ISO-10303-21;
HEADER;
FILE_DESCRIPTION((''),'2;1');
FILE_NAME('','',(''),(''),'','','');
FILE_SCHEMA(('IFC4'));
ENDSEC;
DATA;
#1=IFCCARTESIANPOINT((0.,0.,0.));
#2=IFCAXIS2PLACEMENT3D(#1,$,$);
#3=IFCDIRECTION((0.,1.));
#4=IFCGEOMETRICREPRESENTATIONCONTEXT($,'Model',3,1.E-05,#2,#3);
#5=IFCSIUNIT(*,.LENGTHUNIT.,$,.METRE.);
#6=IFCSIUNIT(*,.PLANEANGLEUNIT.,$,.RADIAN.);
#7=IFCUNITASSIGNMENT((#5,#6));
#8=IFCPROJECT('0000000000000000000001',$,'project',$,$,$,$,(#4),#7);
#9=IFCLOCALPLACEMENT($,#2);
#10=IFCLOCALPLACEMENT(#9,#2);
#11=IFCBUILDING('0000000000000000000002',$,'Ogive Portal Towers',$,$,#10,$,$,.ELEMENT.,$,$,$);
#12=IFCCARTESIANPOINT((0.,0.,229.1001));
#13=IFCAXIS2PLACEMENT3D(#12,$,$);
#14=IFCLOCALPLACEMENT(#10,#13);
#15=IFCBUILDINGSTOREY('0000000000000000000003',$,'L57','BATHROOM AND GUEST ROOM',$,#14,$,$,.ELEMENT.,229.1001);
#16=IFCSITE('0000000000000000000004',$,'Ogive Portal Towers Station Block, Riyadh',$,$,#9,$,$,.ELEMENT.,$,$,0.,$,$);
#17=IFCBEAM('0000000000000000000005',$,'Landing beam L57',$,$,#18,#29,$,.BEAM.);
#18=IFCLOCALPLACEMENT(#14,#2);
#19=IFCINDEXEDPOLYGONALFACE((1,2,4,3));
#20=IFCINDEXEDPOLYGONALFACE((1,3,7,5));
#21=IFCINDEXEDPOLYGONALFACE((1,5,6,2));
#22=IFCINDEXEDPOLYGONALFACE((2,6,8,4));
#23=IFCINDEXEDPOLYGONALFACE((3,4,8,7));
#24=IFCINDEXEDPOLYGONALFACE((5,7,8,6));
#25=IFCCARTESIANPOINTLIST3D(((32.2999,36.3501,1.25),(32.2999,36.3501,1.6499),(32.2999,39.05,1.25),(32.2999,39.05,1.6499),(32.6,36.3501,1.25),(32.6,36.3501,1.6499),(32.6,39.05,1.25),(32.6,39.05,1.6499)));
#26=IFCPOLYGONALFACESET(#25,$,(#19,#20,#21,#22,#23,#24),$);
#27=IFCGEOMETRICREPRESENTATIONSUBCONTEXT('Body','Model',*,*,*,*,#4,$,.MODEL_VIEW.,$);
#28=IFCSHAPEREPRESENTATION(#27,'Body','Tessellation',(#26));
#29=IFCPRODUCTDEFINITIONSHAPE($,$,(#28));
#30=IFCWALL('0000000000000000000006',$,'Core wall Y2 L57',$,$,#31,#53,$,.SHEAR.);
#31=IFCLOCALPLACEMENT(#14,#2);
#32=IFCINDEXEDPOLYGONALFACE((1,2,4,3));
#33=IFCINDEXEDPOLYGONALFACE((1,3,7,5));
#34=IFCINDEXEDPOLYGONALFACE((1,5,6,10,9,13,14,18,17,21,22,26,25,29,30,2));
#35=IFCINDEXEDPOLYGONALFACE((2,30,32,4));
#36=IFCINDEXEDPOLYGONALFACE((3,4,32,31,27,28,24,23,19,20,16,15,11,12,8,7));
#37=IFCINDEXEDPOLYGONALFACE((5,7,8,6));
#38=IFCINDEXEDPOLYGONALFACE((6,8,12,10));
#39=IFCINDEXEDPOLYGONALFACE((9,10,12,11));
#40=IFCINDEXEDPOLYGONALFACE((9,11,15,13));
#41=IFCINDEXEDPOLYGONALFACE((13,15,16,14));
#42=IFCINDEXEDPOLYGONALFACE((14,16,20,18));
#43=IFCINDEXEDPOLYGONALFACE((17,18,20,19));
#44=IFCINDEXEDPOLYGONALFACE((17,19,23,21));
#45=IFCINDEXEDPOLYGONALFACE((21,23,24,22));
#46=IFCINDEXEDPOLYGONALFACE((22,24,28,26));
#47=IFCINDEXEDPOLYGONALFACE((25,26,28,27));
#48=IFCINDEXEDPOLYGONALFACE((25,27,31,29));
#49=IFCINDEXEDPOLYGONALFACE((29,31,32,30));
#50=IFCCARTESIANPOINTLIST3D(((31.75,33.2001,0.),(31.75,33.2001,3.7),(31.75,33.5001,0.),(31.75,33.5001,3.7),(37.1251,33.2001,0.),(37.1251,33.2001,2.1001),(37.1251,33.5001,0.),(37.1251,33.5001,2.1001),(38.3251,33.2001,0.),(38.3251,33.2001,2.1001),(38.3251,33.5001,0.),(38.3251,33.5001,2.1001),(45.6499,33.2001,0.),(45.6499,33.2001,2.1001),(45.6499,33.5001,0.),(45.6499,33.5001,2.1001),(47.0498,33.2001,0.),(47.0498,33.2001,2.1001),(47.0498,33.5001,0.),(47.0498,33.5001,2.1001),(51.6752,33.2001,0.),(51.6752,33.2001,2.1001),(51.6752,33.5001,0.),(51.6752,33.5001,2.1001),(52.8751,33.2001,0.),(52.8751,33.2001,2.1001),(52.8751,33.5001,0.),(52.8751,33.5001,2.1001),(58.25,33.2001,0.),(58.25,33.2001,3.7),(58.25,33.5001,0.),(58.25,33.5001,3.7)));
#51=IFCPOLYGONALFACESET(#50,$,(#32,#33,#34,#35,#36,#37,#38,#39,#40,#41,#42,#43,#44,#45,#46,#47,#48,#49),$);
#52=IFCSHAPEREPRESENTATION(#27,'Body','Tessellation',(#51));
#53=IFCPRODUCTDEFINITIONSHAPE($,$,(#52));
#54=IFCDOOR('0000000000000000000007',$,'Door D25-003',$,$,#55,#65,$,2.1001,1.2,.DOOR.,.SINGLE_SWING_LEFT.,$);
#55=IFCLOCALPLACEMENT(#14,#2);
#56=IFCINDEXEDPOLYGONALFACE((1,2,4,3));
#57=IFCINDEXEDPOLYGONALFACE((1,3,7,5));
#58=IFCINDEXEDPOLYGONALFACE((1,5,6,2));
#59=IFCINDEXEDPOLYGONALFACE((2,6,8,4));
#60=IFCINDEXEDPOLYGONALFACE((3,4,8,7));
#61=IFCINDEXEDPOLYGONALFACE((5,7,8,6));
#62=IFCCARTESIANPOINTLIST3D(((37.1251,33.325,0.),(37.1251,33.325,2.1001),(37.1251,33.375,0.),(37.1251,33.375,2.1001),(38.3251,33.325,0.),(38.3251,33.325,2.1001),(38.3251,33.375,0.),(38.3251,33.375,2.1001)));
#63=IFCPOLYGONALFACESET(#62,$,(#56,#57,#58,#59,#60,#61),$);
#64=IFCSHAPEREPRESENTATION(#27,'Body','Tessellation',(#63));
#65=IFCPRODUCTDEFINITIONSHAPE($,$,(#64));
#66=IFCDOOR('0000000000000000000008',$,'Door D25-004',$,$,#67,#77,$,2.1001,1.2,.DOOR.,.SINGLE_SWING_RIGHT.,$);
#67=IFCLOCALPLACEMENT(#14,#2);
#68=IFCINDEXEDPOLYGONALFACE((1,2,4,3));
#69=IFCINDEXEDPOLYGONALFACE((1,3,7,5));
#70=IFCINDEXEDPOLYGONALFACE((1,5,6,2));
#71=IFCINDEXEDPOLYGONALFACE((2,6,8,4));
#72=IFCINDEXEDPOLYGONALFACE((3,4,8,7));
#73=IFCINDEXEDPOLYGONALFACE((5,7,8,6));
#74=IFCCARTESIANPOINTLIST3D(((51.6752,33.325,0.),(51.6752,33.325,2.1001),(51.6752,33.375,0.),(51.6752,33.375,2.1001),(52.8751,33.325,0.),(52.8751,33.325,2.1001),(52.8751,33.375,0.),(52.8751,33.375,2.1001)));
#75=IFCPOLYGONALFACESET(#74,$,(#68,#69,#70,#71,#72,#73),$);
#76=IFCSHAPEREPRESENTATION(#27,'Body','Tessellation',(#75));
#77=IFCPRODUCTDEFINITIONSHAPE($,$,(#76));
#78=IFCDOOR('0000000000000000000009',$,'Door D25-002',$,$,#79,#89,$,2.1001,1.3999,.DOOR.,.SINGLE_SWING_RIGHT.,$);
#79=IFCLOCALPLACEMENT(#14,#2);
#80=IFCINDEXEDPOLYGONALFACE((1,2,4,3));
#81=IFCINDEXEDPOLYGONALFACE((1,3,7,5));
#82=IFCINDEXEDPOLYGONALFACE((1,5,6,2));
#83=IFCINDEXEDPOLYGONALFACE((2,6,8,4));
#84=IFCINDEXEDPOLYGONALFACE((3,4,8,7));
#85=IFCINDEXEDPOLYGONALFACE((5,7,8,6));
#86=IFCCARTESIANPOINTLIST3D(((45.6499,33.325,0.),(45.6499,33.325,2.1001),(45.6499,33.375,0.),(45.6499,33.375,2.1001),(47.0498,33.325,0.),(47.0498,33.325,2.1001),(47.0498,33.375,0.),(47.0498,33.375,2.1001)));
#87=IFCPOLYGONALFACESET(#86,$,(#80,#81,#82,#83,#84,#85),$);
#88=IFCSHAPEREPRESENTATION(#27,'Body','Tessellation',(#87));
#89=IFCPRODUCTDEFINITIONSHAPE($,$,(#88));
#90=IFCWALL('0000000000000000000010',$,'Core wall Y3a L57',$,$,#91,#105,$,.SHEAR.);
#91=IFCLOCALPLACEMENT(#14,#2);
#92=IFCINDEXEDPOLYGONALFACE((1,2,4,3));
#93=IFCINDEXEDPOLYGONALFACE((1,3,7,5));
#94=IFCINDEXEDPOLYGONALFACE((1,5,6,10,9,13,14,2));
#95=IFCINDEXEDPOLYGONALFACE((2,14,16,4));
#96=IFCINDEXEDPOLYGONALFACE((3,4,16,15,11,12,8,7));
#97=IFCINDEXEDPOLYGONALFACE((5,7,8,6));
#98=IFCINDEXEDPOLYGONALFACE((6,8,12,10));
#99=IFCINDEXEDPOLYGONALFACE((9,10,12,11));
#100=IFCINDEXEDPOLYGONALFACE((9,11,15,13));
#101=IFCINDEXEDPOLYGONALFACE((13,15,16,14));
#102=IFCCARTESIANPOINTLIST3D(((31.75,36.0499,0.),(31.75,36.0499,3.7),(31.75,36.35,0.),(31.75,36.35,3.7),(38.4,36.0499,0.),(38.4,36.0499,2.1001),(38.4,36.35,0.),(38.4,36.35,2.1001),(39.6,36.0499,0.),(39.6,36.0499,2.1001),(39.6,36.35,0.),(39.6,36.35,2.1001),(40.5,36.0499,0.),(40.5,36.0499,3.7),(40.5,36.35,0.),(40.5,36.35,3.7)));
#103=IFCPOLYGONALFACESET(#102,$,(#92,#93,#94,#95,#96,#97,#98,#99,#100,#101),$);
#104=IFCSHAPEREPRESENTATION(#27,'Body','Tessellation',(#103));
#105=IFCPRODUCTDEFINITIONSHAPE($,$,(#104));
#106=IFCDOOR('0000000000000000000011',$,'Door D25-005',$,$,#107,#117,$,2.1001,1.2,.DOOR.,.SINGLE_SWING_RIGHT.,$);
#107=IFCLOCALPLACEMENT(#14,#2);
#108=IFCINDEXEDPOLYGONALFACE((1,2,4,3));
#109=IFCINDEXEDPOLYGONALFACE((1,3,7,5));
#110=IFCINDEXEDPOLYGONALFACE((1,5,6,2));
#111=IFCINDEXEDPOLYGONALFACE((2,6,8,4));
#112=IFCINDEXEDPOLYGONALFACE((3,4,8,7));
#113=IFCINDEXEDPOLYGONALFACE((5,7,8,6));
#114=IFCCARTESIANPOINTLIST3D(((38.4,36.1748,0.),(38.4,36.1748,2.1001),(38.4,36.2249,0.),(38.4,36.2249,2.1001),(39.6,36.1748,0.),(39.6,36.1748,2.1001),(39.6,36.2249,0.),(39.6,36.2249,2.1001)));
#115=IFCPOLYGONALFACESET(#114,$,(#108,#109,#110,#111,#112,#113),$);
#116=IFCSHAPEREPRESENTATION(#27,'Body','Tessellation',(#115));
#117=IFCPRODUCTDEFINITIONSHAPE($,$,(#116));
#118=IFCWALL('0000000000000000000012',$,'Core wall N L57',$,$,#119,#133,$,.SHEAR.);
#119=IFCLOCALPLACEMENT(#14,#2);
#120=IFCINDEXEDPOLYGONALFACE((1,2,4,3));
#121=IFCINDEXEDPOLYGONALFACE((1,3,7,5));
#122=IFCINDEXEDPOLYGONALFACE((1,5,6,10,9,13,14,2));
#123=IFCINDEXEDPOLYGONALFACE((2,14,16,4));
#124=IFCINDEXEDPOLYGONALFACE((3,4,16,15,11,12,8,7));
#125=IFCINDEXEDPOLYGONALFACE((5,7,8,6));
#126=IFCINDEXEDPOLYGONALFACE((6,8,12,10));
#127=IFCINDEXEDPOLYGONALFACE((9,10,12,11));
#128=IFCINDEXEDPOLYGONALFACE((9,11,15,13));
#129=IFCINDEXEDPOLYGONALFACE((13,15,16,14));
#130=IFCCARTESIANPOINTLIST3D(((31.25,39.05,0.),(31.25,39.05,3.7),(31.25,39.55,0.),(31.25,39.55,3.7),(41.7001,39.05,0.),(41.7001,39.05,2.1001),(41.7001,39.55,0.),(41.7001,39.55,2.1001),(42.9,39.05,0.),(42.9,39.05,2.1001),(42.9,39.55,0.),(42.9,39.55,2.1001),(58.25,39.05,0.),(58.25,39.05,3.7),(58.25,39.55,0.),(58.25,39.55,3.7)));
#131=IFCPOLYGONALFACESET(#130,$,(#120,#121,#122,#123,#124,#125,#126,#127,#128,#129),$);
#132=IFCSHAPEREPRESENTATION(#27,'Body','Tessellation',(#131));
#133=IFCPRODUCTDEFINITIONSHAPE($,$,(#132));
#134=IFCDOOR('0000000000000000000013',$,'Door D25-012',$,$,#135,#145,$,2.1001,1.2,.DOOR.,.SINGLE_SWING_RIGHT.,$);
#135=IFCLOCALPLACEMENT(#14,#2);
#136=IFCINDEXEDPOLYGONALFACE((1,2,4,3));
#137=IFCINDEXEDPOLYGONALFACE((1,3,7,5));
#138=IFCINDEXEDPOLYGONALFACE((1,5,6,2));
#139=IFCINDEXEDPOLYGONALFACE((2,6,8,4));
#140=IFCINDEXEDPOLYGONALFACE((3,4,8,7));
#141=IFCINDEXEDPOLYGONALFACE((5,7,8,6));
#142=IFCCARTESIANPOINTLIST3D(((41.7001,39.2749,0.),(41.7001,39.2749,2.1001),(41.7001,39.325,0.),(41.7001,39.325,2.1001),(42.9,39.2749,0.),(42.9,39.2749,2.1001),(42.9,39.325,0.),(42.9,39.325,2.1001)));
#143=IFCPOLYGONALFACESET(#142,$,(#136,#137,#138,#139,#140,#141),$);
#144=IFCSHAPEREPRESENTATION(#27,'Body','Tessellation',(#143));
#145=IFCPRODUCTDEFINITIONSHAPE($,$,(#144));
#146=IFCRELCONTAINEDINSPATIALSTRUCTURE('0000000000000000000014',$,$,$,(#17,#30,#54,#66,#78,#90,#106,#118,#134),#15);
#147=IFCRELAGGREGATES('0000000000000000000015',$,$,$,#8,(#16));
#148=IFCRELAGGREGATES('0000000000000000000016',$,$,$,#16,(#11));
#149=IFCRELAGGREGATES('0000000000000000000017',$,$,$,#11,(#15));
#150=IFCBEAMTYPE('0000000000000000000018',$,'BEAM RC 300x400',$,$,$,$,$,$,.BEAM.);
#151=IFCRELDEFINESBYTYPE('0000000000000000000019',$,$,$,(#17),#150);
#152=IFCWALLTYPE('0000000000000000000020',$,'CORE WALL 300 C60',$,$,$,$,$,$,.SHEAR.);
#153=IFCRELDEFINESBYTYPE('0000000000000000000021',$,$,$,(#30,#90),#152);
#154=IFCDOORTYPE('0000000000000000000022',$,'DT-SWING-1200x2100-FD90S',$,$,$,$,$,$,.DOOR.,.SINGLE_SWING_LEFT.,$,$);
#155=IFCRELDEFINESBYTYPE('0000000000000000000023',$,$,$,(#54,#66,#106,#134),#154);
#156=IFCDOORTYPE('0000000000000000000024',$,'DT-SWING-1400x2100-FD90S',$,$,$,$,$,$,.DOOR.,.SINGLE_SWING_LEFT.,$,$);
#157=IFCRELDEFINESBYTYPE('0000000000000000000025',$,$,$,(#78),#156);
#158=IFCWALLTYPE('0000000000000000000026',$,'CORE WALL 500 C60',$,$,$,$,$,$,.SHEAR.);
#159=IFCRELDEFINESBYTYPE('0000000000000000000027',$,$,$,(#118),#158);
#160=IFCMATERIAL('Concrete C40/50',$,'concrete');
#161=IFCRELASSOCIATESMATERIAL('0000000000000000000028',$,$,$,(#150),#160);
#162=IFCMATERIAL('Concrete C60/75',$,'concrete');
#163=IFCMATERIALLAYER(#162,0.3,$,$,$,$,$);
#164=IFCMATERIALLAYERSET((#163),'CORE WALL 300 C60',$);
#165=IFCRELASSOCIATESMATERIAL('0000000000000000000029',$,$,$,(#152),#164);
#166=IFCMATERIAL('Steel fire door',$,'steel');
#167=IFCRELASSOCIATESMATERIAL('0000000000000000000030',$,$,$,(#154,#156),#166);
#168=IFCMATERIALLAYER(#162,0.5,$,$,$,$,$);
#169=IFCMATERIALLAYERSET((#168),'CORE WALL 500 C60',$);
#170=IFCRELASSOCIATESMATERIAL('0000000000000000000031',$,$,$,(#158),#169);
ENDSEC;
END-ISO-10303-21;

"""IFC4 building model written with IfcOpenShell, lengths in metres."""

from ifc_helpers import new_model, si_unit, direction, frame, frame_2d, origin, origin_2d, place, context, subcontext, project, spatial, rectangle, extrude, material, layer, layer_set, material_profile, profile_set, type_object, element, fill, save


model = new_model("IFC4")

# Units and contexts
model_context = context("Model", 3, precision=1e-05, world=origin(), true_north=direction((0.0, 1.0)))
body_context = subcontext(model_context, "Body", "Model", "MODEL_VIEW")
ifc_project = project(units=[si_unit("LENGTHUNIT", "METRE"), si_unit("PLANEANGLEUNIT", "RADIAN")], contexts=[model_context])

# Site, building, storey
site_placement = place(None, origin())
site = spatial("IfcSite", under=ifc_project, at=site_placement, Name="Ogive Portal Towers Station Block, Riyadh", CompositionType="ELEMENT", RefElevation=0.0)
building_placement = place(site_placement, origin())
building = spatial("IfcBuilding", under=site, at=building_placement, Name="Ogive Portal Towers", CompositionType="ELEMENT")
storey_placement = place(building_placement, frame((0.0, 0.0, 229.1001)))
storey = spatial("IfcBuildingStorey", under=building, at=storey_placement, Name="L57", Description="BATHROOM AND GUEST ROOM", CompositionType="ELEMENT", Elevation=229.1001)

# Beam
ifc_material_1 = material(Name="Concrete C40/50", Category="concrete")
ifc_material_profile = material_profile(ifc_material_1, rectangle(XDim=0.3, YDim=0.3999, at=origin_2d()), Name="RC 300x400")
ifc_profile_set = profile_set([ifc_material_profile], Name="Concrete C40/50")
beam_type = type_object("IfcBeamType", Name="BEAM RC 300x400", PredefinedType="BEAM", material=ifc_profile_set)
beam_placement = place(storey_placement, frame((32.45, 36.3501, 1.45), z_axis=(0.0, 1.0, 0.0), x_axis=(-1.0, 0.0, 0.0)))
element("IfcBeam", 1, at=beam_placement, inside=storey, type_object=beam_type, Name="Landing beam L57", PredefinedType="BEAM", context=body_context, shape_type="SweptSolid", body=[
    extrude(rectangle(XDim=0.3, YDim=0.3999, at=origin_2d()), origin(), (0.0, 0.0, 1.0), 2.7),
])

# Wall, openings, doors
ifc_material_2 = material(Name="Concrete C60/75", Category="concrete")
ifc_layer_1 = layer(ifc_material_2, 0.3)
ifc_layer_set_1 = layer_set([ifc_layer_1], Name="CORE WALL 300 C60")
wall_type_1 = type_object("IfcWallType", Name="CORE WALL 300 C60", PredefinedType="SHEAR", material=ifc_layer_set_1)
wall_1_placement = place(storey_placement, frame((31.75, 33.3501, 0.0), z_axis=(0.0, 0.0, 1.0), x_axis=(1.0, 0.0, 0.0)))
wall_1 = element("IfcWall", 2, at=wall_1_placement, inside=storey, type_object=wall_type_1, Name="Core wall Y2 L57", PredefinedType="SHEAR", context=body_context, shape_type="SweptSolid", body=[
    extrude(rectangle(XDim=26.5, YDim=0.3, at=frame_2d((13.25, 0.0))), origin(), (0.0, 0.0, 1.0), 3.7),
])
opening_1_placement = place(wall_1_placement, frame((13.8999, 0.0, 0.0)))
opening_1 = element("IfcOpeningElement", 3, at=opening_1_placement, cuts=wall_1, PredefinedType="OPENING", context=body_context, shape_type="SweptSolid", body=[
    extrude(rectangle(XDim=1.3999, YDim=2.1001, at=frame_2d((0.7, 1.05))), frame((0.0, 0.1602, 0.0), z_axis=(0.0, -1.0, 0.0), x_axis=(1.0, 0.0, 0.0)), (0.0, 0.0, 1.0), 0.3201),
])
opening_2_placement = place(wall_1_placement, frame((5.375, 0.0, 0.0)))
opening_2 = element("IfcOpeningElement", 4, at=opening_2_placement, cuts=wall_1, PredefinedType="OPENING", context=body_context, shape_type="SweptSolid", body=[
    extrude(rectangle(XDim=1.2, YDim=2.1001, at=frame_2d((0.6001, 1.05))), frame((0.0, 0.1602, 0.0), z_axis=(0.0, -1.0, 0.0), x_axis=(1.0, 0.0, 0.0)), (0.0, 0.0, 1.0), 0.3201),
])
opening_3_placement = place(wall_1_placement, frame((19.925, 0.0, 0.0)))
opening_3 = element("IfcOpeningElement", 5, at=opening_3_placement, cuts=wall_1, PredefinedType="OPENING", context=body_context, shape_type="SweptSolid", body=[
    extrude(rectangle(XDim=1.2, YDim=2.1001, at=frame_2d((0.6001, 1.05))), frame((0.0, 0.1602, 0.0), z_axis=(0.0, -1.0, 0.0), x_axis=(1.0, 0.0, 0.0)), (0.0, 0.0, 1.0), 0.3201),
])
ifc_material_3 = material(Name="Steel fire door", Category="steel")
door_type_1 = type_object("IfcDoorType", Name="DT-SWING-1200x2100-FD90S", OperationType="SINGLE_SWING_LEFT", PredefinedType="DOOR", material=ifc_material_3)
door_1_placement = place(opening_2_placement, origin())
door_1 = element("IfcDoor", 6, at=door_1_placement, inside=storey, type_object=door_type_1, Name="Door D25-003", OperationType="SINGLE_SWING_LEFT", OverallHeight=2.1001, OverallWidth=1.2, PredefinedType="DOOR", context=body_context, shape_type="SweptSolid", body=[
    extrude(rectangle(XDim=1.2, YDim=2.1001, at=frame_2d((0.6001, 1.05))), frame((0.0, 0.0249, 0.0), z_axis=(0.0, -1.0, 0.0), x_axis=(1.0, 0.0, 0.0)), (0.0, 0.0, 1.0), 0.05),
])
fill(opening_2, door_1)
door_2_placement = place(opening_3_placement, origin())
door_2 = element("IfcDoor", 7, at=door_2_placement, inside=storey, type_object=door_type_1, Name="Door D25-004", OperationType="SINGLE_SWING_RIGHT", OverallHeight=2.1001, OverallWidth=1.2, PredefinedType="DOOR", context=body_context, shape_type="SweptSolid", body=[
    extrude(rectangle(XDim=1.2, YDim=2.1001, at=frame_2d((0.6001, 1.05))), frame((0.0, 0.0249, 0.0), z_axis=(0.0, -1.0, 0.0), x_axis=(1.0, 0.0, 0.0)), (0.0, 0.0, 1.0), 0.05),
])
fill(opening_3, door_2)
door_type_2 = type_object("IfcDoorType", Name="DT-SWING-1400x2100-FD90S", OperationType="SINGLE_SWING_LEFT", PredefinedType="DOOR", material=ifc_material_3)
door_3_placement = place(opening_1_placement, origin())
door_3 = element("IfcDoor", 8, at=door_3_placement, inside=storey, type_object=door_type_2, Name="Door D25-002", OperationType="SINGLE_SWING_RIGHT", OverallHeight=2.1001, OverallWidth=1.3999, PredefinedType="DOOR", context=body_context, shape_type="SweptSolid", body=[
    extrude(rectangle(XDim=1.3999, YDim=2.1001, at=frame_2d((0.7, 1.05))), frame((0.0, 0.0249, 0.0), z_axis=(0.0, -1.0, 0.0), x_axis=(1.0, 0.0, 0.0)), (0.0, 0.0, 1.0), 0.05),
])
fill(opening_1, door_3)

# Walls, openings, doors
wall_2_placement = place(storey_placement, frame((31.75, 36.2, 0.0), z_axis=(0.0, 0.0, 1.0), x_axis=(1.0, 0.0, 0.0)))
wall_2 = element("IfcWall", 9, at=wall_2_placement, inside=storey, type_object=wall_type_1, Name="Core wall Y3a L57", PredefinedType="SHEAR", context=body_context, shape_type="SweptSolid", body=[
    extrude(rectangle(XDim=8.75, YDim=0.3, at=frame_2d((4.375, 0.0))), origin(), (0.0, 0.0, 1.0), 3.7),
])
opening_4_placement = place(wall_2_placement, frame((6.6499, 0.0, 0.0)))
opening_4 = element("IfcOpeningElement", 10, at=opening_4_placement, cuts=wall_2, PredefinedType="OPENING", context=body_context, shape_type="SweptSolid", body=[
    extrude(rectangle(XDim=1.2, YDim=2.1001, at=frame_2d((0.6001, 1.05))), frame((0.0, 0.1602, 0.0), z_axis=(0.0, -1.0, 0.0), x_axis=(1.0, 0.0, 0.0)), (0.0, 0.0, 1.0), 0.3201),
])
door_4_placement = place(opening_4_placement, origin())
door_4 = element("IfcDoor", 11, at=door_4_placement, inside=storey, type_object=door_type_1, Name="Door D25-005", OperationType="SINGLE_SWING_RIGHT", OverallHeight=2.1001, OverallWidth=1.2, PredefinedType="DOOR", context=body_context, shape_type="SweptSolid", body=[
    extrude(rectangle(XDim=1.2, YDim=2.1001, at=frame_2d((0.6001, 1.05))), frame((0.0, 0.0249, 0.0), z_axis=(0.0, -1.0, 0.0), x_axis=(1.0, 0.0, 0.0)), (0.0, 0.0, 1.0), 0.05),
])
fill(opening_4, door_4)
ifc_layer_2 = layer(ifc_material_2, 0.5)
ifc_layer_set_2 = layer_set([ifc_layer_2], Name="CORE WALL 500 C60")
wall_type_2 = type_object("IfcWallType", Name="CORE WALL 500 C60", PredefinedType="SHEAR", material=ifc_layer_set_2)
wall_3_placement = place(storey_placement, frame((31.25, 39.3, 0.0), z_axis=(0.0, 0.0, 1.0), x_axis=(1.0, 0.0, 0.0)))
wall_3 = element("IfcWall", 12, at=wall_3_placement, inside=storey, type_object=wall_type_2, Name="Core wall N L57", PredefinedType="SHEAR", context=body_context, shape_type="SweptSolid", body=[
    extrude(rectangle(XDim=27.0, YDim=0.5, at=frame_2d((13.5, 0.0))), origin(), (0.0, 0.0, 1.0), 3.7),
])
opening_5_placement = place(wall_3_placement, frame((10.45, 0.0, 0.0)))
opening_5 = element("IfcOpeningElement", 13, at=opening_5_placement, cuts=wall_3, PredefinedType="OPENING", context=body_context, shape_type="SweptSolid", body=[
    extrude(rectangle(XDim=1.2, YDim=2.1001, at=frame_2d((0.6001, 1.05))), frame((0.0, 0.26, 0.0), z_axis=(0.0, -1.0, 0.0), x_axis=(1.0, 0.0, 0.0)), (0.0, 0.0, 1.0), 0.52),
])
door_5_placement = place(opening_5_placement, origin())
door_5 = element("IfcDoor", 14, at=door_5_placement, inside=storey, type_object=door_type_1, Name="Door D25-012", OperationType="SINGLE_SWING_RIGHT", OverallHeight=2.1001, OverallWidth=1.2, PredefinedType="DOOR", context=body_context, shape_type="SweptSolid", body=[
    extrude(rectangle(XDim=1.2, YDim=2.1001, at=frame_2d((0.6001, 1.05))), frame((0.0, 0.0249, 0.0), z_axis=(0.0, -1.0, 0.0), x_axis=(1.0, 0.0, 0.0)), (0.0, 0.0, 1.0), 0.05),
])
fill(opening_5, door_5)

save(model, "model.ifc")
